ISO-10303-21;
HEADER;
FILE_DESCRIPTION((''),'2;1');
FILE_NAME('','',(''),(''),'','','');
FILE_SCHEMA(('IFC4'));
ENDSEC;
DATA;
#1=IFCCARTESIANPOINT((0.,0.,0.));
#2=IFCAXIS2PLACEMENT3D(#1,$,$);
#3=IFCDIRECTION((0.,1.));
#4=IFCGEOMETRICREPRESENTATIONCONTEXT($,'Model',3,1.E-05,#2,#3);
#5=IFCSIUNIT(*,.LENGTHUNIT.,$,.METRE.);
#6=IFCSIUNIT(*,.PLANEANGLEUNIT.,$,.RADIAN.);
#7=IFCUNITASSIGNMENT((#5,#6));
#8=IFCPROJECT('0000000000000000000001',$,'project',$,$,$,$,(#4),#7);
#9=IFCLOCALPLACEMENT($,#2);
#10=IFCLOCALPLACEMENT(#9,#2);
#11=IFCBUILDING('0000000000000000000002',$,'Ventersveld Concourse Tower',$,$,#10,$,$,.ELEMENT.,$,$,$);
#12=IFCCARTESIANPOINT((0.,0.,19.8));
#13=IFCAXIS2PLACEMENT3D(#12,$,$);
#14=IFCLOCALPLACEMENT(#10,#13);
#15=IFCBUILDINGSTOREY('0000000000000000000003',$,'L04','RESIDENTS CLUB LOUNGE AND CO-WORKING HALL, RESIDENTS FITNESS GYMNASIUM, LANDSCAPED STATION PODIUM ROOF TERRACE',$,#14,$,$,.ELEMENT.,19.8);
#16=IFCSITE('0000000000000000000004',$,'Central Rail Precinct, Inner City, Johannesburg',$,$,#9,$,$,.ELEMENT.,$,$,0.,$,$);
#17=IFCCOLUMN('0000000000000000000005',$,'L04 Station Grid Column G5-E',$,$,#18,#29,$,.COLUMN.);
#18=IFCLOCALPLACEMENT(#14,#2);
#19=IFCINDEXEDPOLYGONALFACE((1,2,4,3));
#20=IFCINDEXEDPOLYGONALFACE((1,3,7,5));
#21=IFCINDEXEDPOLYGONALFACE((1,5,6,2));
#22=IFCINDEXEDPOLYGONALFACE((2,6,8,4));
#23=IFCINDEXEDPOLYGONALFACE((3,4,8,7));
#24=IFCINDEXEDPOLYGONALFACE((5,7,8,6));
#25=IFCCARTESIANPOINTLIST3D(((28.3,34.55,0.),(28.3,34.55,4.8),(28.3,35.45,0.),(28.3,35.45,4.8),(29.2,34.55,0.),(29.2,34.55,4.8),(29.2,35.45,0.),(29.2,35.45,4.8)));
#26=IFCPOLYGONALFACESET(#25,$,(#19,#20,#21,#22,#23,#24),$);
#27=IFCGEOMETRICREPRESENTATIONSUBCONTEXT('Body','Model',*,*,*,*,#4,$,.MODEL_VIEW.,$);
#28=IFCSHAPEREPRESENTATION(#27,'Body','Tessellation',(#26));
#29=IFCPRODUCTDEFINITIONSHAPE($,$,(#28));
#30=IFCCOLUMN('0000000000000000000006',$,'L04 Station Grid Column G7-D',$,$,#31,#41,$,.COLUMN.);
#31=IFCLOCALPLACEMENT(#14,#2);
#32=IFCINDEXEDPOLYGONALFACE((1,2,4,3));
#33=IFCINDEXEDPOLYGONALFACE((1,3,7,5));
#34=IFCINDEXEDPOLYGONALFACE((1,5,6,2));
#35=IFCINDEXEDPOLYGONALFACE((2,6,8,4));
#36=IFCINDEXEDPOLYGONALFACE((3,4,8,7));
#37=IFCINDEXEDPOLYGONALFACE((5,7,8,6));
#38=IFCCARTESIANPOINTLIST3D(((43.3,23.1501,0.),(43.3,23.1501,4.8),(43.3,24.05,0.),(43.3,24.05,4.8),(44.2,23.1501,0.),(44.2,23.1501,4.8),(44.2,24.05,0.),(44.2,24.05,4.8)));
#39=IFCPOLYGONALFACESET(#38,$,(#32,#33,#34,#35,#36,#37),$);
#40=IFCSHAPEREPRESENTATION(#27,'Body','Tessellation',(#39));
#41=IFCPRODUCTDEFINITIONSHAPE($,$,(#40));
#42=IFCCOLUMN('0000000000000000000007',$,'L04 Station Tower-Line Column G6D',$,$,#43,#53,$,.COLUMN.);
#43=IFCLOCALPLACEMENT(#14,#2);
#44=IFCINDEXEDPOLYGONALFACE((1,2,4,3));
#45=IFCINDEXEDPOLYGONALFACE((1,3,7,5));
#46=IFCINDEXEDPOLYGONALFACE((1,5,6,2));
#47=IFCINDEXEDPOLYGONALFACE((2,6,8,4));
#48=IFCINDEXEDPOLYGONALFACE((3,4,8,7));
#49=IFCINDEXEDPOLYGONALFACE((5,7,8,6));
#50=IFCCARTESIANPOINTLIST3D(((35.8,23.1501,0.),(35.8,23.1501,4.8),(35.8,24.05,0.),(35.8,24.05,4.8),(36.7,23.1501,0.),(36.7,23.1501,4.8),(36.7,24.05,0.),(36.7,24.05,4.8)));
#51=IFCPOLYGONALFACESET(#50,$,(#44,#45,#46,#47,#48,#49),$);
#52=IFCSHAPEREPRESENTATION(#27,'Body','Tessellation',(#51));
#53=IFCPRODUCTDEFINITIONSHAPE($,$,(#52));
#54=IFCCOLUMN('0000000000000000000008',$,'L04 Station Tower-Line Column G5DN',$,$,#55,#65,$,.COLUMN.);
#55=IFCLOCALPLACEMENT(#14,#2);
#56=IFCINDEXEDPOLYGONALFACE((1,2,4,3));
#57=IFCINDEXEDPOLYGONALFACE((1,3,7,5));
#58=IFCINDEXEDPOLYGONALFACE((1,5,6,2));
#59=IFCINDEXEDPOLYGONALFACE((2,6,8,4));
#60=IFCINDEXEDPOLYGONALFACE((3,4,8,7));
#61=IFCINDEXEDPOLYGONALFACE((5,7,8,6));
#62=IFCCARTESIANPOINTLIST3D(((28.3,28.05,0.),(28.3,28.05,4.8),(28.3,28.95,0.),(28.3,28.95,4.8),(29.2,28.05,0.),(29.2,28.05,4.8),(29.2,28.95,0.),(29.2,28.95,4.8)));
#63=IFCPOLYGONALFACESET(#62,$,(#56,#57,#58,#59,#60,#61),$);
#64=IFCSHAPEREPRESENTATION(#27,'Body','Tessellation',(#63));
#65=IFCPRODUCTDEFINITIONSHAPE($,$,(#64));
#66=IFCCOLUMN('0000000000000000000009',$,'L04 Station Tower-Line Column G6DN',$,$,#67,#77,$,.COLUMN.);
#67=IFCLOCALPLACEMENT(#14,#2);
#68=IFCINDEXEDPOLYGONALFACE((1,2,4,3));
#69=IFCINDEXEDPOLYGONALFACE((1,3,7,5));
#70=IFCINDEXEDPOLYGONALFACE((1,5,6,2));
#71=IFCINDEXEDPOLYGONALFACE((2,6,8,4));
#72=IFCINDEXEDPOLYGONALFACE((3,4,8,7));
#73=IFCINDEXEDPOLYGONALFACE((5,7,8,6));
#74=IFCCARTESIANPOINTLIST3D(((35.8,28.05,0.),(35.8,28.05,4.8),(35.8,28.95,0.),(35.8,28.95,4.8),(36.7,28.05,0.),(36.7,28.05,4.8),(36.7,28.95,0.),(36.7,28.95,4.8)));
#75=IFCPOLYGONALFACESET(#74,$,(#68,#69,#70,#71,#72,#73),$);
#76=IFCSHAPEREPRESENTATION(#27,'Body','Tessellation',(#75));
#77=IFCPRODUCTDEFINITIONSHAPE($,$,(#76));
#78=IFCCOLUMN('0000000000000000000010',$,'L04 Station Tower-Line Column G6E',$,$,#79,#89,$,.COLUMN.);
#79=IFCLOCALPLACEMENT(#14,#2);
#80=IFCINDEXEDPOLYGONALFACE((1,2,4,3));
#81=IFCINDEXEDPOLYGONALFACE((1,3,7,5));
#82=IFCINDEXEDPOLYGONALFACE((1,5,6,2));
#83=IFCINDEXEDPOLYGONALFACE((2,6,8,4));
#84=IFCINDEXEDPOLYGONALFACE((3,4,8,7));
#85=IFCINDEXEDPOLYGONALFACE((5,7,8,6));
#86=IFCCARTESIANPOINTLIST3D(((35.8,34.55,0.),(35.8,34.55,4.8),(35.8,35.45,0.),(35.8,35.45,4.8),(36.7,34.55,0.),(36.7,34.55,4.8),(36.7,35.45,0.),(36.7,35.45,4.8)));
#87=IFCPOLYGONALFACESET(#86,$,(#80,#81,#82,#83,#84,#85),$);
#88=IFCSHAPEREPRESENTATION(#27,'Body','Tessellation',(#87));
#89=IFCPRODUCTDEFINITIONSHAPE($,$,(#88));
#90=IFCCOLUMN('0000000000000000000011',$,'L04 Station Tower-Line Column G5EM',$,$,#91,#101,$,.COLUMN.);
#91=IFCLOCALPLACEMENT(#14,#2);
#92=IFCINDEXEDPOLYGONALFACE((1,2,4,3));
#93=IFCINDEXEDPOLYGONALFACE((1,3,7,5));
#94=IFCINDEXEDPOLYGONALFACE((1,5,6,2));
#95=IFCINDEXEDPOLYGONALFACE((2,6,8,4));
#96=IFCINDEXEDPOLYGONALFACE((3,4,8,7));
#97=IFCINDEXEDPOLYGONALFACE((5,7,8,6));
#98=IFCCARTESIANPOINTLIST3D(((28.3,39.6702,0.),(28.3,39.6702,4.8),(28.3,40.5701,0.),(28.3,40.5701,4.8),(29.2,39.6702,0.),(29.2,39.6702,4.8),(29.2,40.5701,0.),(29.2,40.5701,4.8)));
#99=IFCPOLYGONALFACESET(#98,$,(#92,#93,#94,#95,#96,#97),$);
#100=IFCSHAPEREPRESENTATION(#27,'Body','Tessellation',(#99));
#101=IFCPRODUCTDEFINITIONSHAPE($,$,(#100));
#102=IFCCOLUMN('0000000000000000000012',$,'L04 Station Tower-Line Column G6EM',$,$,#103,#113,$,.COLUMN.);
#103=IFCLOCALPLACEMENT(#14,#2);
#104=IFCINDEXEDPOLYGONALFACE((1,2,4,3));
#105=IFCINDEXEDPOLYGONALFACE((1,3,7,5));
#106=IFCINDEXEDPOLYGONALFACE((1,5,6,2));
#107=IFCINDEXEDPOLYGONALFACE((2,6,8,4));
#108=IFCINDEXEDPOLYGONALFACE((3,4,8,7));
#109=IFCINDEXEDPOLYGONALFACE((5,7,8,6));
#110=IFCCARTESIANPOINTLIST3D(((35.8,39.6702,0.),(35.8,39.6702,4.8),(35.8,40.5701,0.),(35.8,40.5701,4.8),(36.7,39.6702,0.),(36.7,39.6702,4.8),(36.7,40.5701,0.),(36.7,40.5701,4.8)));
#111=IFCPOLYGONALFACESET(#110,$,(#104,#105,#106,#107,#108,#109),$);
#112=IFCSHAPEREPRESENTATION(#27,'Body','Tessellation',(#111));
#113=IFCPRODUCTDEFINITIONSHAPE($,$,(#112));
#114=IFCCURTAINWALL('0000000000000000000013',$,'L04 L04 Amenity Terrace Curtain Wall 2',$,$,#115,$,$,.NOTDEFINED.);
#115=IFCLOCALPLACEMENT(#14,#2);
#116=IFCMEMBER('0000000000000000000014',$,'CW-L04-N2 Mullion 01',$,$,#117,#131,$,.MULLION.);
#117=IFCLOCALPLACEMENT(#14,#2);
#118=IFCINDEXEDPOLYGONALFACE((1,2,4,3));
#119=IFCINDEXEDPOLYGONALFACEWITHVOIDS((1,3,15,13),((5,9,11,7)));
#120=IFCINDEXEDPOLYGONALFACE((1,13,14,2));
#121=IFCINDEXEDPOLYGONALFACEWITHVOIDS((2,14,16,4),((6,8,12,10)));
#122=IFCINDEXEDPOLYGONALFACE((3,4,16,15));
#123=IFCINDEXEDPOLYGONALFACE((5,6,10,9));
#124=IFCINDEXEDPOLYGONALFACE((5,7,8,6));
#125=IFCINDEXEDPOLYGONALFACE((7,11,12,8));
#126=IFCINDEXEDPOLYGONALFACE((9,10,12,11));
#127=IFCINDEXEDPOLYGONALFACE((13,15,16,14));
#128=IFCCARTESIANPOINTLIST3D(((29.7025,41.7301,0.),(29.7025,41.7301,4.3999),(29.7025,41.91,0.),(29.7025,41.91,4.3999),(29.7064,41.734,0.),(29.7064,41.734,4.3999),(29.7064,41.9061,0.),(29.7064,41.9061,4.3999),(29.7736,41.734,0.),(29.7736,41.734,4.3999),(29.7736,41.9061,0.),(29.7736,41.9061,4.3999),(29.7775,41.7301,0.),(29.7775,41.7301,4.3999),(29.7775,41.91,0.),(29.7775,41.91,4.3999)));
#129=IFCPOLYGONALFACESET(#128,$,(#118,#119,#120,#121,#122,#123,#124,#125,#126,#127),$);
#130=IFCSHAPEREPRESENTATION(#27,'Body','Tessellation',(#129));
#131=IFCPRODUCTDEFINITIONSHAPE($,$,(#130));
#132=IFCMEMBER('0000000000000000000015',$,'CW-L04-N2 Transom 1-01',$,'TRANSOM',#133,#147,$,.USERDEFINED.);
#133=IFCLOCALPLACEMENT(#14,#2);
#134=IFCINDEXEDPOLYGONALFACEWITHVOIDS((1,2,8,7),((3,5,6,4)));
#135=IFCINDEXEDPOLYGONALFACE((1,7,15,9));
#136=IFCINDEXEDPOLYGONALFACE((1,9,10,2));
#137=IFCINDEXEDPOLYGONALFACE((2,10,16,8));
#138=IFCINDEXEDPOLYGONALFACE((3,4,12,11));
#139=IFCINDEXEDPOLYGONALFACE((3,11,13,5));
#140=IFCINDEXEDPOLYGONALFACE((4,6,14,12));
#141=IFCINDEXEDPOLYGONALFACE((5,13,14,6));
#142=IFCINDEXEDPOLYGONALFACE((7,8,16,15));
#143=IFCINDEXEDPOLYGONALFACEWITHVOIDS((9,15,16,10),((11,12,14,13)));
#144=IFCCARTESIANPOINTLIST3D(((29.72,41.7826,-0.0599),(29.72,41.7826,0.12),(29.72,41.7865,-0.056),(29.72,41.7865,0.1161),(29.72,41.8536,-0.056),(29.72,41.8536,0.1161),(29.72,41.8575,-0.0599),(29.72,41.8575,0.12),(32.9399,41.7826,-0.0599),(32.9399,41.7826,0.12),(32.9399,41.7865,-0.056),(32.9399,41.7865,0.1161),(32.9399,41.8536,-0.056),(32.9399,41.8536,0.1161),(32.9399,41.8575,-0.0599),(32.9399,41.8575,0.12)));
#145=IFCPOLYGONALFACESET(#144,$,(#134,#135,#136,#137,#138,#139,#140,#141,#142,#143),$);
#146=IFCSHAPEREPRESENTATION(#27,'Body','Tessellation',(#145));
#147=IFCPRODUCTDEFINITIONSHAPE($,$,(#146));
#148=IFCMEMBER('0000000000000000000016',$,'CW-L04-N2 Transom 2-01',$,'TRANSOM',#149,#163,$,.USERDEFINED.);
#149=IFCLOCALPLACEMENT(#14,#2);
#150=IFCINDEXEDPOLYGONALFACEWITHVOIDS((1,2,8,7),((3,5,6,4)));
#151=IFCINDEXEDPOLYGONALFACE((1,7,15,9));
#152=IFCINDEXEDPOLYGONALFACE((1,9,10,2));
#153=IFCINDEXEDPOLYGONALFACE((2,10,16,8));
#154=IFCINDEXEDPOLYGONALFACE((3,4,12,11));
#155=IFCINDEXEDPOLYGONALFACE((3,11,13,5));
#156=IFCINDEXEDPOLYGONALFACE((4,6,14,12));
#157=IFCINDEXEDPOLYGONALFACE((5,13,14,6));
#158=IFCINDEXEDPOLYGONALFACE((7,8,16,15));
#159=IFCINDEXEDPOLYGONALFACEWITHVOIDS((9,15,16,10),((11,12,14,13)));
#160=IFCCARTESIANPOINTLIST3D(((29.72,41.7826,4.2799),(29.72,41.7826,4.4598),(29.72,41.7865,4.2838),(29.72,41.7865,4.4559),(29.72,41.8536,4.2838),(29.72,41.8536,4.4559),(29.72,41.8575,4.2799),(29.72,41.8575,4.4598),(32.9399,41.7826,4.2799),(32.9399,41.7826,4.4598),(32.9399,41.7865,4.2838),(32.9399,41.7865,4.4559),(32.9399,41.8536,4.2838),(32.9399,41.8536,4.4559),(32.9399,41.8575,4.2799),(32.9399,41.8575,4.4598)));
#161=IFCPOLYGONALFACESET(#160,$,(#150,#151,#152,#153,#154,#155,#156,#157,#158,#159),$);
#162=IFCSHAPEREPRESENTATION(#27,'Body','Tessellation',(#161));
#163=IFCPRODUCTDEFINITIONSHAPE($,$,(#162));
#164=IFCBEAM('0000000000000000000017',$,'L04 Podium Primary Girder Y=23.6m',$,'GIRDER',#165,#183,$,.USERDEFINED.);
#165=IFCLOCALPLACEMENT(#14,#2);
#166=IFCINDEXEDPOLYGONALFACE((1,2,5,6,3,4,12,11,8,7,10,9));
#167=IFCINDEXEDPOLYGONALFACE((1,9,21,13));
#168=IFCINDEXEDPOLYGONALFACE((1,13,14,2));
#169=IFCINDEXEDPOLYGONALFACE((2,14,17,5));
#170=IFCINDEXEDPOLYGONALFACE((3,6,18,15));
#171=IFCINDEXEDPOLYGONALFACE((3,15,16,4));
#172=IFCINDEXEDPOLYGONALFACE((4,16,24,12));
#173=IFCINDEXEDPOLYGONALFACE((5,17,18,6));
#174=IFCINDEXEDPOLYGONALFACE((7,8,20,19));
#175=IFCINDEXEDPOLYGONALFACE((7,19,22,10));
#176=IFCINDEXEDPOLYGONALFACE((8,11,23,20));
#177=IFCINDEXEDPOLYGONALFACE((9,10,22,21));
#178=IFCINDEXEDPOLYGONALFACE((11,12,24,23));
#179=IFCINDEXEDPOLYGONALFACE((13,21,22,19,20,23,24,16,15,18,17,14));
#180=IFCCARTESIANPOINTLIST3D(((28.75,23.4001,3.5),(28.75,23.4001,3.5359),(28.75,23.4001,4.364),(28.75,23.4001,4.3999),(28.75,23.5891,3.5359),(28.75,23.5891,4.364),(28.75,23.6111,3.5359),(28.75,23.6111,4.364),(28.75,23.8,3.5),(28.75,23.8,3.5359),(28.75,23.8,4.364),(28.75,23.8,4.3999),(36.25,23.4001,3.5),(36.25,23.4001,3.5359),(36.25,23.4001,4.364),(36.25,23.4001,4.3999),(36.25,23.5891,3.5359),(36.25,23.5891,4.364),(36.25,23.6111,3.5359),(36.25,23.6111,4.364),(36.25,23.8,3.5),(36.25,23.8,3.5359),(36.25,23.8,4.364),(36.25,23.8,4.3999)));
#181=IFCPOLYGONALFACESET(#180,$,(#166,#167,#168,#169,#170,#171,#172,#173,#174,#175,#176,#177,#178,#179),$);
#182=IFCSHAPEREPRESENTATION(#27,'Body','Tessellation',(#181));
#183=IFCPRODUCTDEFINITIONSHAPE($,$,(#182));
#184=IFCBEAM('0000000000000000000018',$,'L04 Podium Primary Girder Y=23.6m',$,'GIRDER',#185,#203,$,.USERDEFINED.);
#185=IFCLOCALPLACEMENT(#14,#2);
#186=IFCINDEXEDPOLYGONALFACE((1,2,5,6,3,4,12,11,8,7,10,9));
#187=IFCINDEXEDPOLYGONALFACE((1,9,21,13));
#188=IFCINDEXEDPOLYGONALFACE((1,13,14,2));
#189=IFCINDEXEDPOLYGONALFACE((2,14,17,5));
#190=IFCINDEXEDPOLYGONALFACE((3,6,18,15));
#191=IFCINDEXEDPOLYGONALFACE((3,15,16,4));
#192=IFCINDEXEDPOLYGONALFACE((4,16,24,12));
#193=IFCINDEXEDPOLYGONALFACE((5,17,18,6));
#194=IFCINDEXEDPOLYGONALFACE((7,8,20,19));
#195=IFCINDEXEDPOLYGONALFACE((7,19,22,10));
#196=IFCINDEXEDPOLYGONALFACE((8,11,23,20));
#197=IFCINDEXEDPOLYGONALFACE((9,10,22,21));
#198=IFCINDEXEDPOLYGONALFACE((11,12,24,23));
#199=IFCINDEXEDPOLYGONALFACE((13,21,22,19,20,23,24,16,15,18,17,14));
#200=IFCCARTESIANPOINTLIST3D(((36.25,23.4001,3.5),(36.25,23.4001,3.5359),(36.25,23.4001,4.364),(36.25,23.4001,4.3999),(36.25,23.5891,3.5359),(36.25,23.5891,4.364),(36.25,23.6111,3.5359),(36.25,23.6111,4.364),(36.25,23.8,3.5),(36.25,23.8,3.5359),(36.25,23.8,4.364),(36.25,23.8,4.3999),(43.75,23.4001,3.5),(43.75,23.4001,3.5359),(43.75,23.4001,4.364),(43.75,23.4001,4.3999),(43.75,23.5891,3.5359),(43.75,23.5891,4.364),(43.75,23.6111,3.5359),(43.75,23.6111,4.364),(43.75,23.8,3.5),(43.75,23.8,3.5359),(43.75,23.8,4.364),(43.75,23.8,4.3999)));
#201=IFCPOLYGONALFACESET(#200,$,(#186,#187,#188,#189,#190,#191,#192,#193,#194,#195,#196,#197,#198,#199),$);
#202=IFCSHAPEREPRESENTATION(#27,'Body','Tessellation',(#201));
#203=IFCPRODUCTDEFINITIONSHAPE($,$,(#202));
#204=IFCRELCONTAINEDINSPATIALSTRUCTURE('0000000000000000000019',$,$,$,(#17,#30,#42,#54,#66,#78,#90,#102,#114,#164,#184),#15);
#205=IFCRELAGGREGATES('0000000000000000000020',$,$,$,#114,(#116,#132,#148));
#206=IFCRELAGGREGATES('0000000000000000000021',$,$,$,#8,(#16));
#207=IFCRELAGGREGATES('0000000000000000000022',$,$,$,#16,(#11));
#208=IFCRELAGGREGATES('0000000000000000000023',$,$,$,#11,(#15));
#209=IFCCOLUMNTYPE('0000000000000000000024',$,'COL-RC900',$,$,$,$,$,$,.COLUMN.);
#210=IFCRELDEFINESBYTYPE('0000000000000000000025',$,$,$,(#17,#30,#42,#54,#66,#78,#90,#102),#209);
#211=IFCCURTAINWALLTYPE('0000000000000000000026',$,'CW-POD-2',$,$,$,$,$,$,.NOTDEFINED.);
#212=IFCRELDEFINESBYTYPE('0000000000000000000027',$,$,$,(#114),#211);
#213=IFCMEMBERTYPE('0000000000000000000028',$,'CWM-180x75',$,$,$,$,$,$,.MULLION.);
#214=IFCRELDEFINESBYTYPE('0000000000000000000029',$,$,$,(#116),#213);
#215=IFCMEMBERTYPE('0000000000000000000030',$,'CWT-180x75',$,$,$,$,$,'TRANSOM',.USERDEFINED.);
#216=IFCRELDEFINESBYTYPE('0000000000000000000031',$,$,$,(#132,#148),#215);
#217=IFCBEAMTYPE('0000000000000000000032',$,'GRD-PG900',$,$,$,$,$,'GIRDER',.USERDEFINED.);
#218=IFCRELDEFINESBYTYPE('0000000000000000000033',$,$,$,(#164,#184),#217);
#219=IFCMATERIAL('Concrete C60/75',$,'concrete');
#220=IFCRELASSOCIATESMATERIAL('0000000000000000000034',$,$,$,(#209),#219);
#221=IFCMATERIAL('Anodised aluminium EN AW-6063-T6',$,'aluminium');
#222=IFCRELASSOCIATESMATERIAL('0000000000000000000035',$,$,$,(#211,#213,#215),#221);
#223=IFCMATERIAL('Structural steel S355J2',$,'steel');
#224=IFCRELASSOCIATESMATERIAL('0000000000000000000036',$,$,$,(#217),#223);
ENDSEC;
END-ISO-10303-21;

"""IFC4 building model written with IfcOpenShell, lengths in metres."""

from ifc_helpers import new_model, si_unit, direction, frame, origin, origin_2d, place, context, subcontext, project, spatial, rectangle, hollow_rectangle, i_section, extrude, material, material_profile, profile_set, type_object, element, aggregate, save


model = new_model("IFC4")

# Units and contexts
model_context = context("Model", 3, precision=1e-05, world=origin(), true_north=direction((0.0, 1.0)))
body_context = subcontext(model_context, "Body", "Model", "MODEL_VIEW")
ifc_project = project(units=[si_unit("LENGTHUNIT", "METRE"), si_unit("PLANEANGLEUNIT", "RADIAN")], contexts=[model_context])

# Site, building, storey
site_placement = place(None, origin())
site = spatial("IfcSite", under=ifc_project, at=site_placement, Name="Central Rail Precinct, Inner City, Johannesburg", CompositionType="ELEMENT", RefElevation=0.0)
building_placement = place(site_placement, origin())
building = spatial("IfcBuilding", under=site, at=building_placement, Name="Ventersveld Concourse Tower", CompositionType="ELEMENT")
storey_placement = place(building_placement, frame((0.0, 0.0, 19.8)))
storey = spatial("IfcBuildingStorey", under=building, at=storey_placement, Name="L04", Description="RESIDENTS CLUB LOUNGE AND CO-WORKING HALL, RESIDENTS FITNESS GYMNASIUM, LANDSCAPED STATION PODIUM ROOF TERRACE", CompositionType="ELEMENT", Elevation=19.8)

# Columns
ifc_material_1 = material(Name="Concrete C60/75", Category="concrete")
ifc_material_profile_1 = material_profile(ifc_material_1, rectangle(XDim=0.8999, YDim=0.8999, at=origin_2d()), Name="RC 900x900")
ifc_profile_set_1 = profile_set([ifc_material_profile_1], Name="Concrete C60/75")
column_type = type_object("IfcColumnType", Name="COL-RC900", PredefinedType="COLUMN", material=ifc_profile_set_1)
for number, where, z_axis, x_axis, name in (
    (1, (28.75, 35.0, 0.0), (0.0, 0.0, 1.0), (1.0, 0.0, 0.0), "L04 Station Grid Column G5-E"),
    (2, (43.75, 23.6001, 0.0), (0.0, 0.0, 1.0), (1.0, 0.0, 0.0), "L04 Station Grid Column G7-D"),
    (3, (36.25, 23.6001, 0.0), (0.0, 0.0, 1.0), (1.0, 0.0, 0.0), "L04 Station Tower-Line Column G6D"),
    (4, (28.75, 28.5, 0.0), (0.0, 0.0, 1.0), (1.0, 0.0, 0.0), "L04 Station Tower-Line Column G5DN"),
    (5, (36.25, 28.5, 0.0), (0.0, 0.0, 1.0), (1.0, 0.0, 0.0), "L04 Station Tower-Line Column G6DN"),
    (6, (36.25, 35.0, 0.0), (0.0, 0.0, 1.0), (1.0, 0.0, 0.0), "L04 Station Tower-Line Column G6E"),
    (7, (28.75, 40.1201, 0.0), (0.0, 0.0, 1.0), (1.0, 0.0, 0.0), "L04 Station Tower-Line Column G5EM"),
    (8, (36.25, 40.1201, 0.0), (0.0, 0.0, 1.0), (1.0, 0.0, 0.0), "L04 Station Tower-Line Column G6EM"),
):
    element("IfcColumn", number, at=place(storey_placement, frame(where, z_axis=z_axis, x_axis=x_axis)), inside=storey, type_object=column_type, Name=name, PredefinedType="COLUMN", context=body_context, shape_type="SweptSolid", body=[
        extrude(rectangle(XDim=0.8999, YDim=0.8999, at=origin_2d()), origin(), (0.0, 0.0, 1.0), 4.8),
    ])

# Curtain wall, members
ifc_material_2 = material(Name="Anodised aluminium EN AW-6063-T6", Category="aluminium")
curtain_wall_type = type_object("IfcCurtainWallType", Name="CW-POD-2", PredefinedType="NOTDEFINED", material=ifc_material_2)
curtain_wall_placement = place(storey_placement, origin())
curtain_wall = element("IfcCurtainWall", 9, at=curtain_wall_placement, inside=storey, type_object=curtain_wall_type, Name="L04 L04 Amenity Terrace Curtain Wall 2", PredefinedType="NOTDEFINED")
ifc_material_profile_2 = material_profile(ifc_material_2, hollow_rectangle(XDim=0.075, YDim=0.1799, WallThickness=0.0039, at=origin_2d()), Name="ALU 180x75x4")
ifc_profile_set_2 = profile_set([ifc_material_profile_2], Name="Anodised aluminium EN AW-6063-T6")
member_type_1 = type_object("IfcMemberType", Name="CWM-180x75", PredefinedType="MULLION", material=ifc_profile_set_2)
member_1_placement = place(storey_placement, frame((29.74, 41.8201, 0.0), z_axis=(0.0, 0.0, 1.0), x_axis=(1.0, 0.0, 0.0)))
member_1 = element("IfcMember", 10, at=member_1_placement, type_object=member_type_1, Name="CW-L04-N2 Mullion 01", PredefinedType="MULLION", context=body_context, shape_type="SweptSolid", body=[
    extrude(hollow_rectangle(XDim=0.075, YDim=0.1799, WallThickness=0.0039, at=origin_2d()), origin(), (0.0, 0.0, 1.0), 4.3999),
])
ifc_material_profile_3 = material_profile(ifc_material_2, hollow_rectangle(XDim=0.075, YDim=0.1799, WallThickness=0.0039, at=origin_2d()), Name="ALU 180x75x4")
ifc_profile_set_3 = profile_set([ifc_material_profile_3], Name="Anodised aluminium EN AW-6063-T6")
member_type_2 = type_object("IfcMemberType", Name="CWT-180x75", ElementType="TRANSOM", PredefinedType="USERDEFINED", material=ifc_profile_set_3)
member_2_placement = place(storey_placement, frame((29.72, 41.8201, 0.03), z_axis=(1.0, 0.0, 0.0), x_axis=(0.0, 1.0, 0.0)))
member_2 = element("IfcMember", 11, at=member_2_placement, type_object=member_type_2, Name="CW-L04-N2 Transom 1-01", ObjectType="TRANSOM", PredefinedType="USERDEFINED", context=body_context, shape_type="SweptSolid", body=[
    extrude(hollow_rectangle(XDim=0.075, YDim=0.1799, WallThickness=0.0039, at=origin_2d()), origin(), (0.0, 0.0, 1.0), 3.22),
])
member_3_placement = place(storey_placement, frame((29.72, 41.8201, 4.3699), z_axis=(1.0, 0.0, 0.0), x_axis=(0.0, 1.0, 0.0)))
member_3 = element("IfcMember", 12, at=member_3_placement, type_object=member_type_2, Name="CW-L04-N2 Transom 2-01", ObjectType="TRANSOM", PredefinedType="USERDEFINED", context=body_context, shape_type="SweptSolid", body=[
    extrude(hollow_rectangle(XDim=0.075, YDim=0.1799, WallThickness=0.0039, at=origin_2d()), origin(), (0.0, 0.0, 1.0), 3.22),
])
aggregate(curtain_wall, [member_1, member_2, member_3])

# Beams
ifc_material_3 = material(Name="Structural steel S355J2", Category="steel")
ifc_material_profile_4 = material_profile(ifc_material_3, i_section(OverallWidth=0.3999, OverallDepth=0.8999, WebThickness=0.022, FlangeThickness=0.0359, at=origin_2d()), Name="PG 900x400x36")
ifc_profile_set_4 = profile_set([ifc_material_profile_4], Name="Structural steel S355J2")
beam_type_1 = type_object("IfcBeamType", Name="GRD-PG900", ElementType="GIRDER", PredefinedType="USERDEFINED", material=ifc_profile_set_4)
for number, where, z_axis, x_axis, name in (
    (13, (28.75, 23.6001, 3.95), (1.0, 0.0, 0.0), (0.0, 1.0, 0.0), "L04 Podium Primary Girder Y=23.6m"),
    (14, (36.25, 23.6001, 3.95), (1.0, 0.0, 0.0), (0.0, 1.0, 0.0), "L04 Podium Primary Girder Y=23.6m"),
):
    element("IfcBeam", number, at=place(storey_placement, frame(where, z_axis=z_axis, x_axis=x_axis)), inside=storey, type_object=beam_type_1, Name=name, ObjectType="GIRDER", PredefinedType="USERDEFINED", context=body_context, shape_type="SweptSolid", body=[
        extrude(i_section(OverallWidth=0.3999, OverallDepth=0.8999, WebThickness=0.022, FlangeThickness=0.0359, at=origin_2d()), origin(), (0.0, 0.0, 1.0), 7.5),
    ])

save(model, "model.ifc")
